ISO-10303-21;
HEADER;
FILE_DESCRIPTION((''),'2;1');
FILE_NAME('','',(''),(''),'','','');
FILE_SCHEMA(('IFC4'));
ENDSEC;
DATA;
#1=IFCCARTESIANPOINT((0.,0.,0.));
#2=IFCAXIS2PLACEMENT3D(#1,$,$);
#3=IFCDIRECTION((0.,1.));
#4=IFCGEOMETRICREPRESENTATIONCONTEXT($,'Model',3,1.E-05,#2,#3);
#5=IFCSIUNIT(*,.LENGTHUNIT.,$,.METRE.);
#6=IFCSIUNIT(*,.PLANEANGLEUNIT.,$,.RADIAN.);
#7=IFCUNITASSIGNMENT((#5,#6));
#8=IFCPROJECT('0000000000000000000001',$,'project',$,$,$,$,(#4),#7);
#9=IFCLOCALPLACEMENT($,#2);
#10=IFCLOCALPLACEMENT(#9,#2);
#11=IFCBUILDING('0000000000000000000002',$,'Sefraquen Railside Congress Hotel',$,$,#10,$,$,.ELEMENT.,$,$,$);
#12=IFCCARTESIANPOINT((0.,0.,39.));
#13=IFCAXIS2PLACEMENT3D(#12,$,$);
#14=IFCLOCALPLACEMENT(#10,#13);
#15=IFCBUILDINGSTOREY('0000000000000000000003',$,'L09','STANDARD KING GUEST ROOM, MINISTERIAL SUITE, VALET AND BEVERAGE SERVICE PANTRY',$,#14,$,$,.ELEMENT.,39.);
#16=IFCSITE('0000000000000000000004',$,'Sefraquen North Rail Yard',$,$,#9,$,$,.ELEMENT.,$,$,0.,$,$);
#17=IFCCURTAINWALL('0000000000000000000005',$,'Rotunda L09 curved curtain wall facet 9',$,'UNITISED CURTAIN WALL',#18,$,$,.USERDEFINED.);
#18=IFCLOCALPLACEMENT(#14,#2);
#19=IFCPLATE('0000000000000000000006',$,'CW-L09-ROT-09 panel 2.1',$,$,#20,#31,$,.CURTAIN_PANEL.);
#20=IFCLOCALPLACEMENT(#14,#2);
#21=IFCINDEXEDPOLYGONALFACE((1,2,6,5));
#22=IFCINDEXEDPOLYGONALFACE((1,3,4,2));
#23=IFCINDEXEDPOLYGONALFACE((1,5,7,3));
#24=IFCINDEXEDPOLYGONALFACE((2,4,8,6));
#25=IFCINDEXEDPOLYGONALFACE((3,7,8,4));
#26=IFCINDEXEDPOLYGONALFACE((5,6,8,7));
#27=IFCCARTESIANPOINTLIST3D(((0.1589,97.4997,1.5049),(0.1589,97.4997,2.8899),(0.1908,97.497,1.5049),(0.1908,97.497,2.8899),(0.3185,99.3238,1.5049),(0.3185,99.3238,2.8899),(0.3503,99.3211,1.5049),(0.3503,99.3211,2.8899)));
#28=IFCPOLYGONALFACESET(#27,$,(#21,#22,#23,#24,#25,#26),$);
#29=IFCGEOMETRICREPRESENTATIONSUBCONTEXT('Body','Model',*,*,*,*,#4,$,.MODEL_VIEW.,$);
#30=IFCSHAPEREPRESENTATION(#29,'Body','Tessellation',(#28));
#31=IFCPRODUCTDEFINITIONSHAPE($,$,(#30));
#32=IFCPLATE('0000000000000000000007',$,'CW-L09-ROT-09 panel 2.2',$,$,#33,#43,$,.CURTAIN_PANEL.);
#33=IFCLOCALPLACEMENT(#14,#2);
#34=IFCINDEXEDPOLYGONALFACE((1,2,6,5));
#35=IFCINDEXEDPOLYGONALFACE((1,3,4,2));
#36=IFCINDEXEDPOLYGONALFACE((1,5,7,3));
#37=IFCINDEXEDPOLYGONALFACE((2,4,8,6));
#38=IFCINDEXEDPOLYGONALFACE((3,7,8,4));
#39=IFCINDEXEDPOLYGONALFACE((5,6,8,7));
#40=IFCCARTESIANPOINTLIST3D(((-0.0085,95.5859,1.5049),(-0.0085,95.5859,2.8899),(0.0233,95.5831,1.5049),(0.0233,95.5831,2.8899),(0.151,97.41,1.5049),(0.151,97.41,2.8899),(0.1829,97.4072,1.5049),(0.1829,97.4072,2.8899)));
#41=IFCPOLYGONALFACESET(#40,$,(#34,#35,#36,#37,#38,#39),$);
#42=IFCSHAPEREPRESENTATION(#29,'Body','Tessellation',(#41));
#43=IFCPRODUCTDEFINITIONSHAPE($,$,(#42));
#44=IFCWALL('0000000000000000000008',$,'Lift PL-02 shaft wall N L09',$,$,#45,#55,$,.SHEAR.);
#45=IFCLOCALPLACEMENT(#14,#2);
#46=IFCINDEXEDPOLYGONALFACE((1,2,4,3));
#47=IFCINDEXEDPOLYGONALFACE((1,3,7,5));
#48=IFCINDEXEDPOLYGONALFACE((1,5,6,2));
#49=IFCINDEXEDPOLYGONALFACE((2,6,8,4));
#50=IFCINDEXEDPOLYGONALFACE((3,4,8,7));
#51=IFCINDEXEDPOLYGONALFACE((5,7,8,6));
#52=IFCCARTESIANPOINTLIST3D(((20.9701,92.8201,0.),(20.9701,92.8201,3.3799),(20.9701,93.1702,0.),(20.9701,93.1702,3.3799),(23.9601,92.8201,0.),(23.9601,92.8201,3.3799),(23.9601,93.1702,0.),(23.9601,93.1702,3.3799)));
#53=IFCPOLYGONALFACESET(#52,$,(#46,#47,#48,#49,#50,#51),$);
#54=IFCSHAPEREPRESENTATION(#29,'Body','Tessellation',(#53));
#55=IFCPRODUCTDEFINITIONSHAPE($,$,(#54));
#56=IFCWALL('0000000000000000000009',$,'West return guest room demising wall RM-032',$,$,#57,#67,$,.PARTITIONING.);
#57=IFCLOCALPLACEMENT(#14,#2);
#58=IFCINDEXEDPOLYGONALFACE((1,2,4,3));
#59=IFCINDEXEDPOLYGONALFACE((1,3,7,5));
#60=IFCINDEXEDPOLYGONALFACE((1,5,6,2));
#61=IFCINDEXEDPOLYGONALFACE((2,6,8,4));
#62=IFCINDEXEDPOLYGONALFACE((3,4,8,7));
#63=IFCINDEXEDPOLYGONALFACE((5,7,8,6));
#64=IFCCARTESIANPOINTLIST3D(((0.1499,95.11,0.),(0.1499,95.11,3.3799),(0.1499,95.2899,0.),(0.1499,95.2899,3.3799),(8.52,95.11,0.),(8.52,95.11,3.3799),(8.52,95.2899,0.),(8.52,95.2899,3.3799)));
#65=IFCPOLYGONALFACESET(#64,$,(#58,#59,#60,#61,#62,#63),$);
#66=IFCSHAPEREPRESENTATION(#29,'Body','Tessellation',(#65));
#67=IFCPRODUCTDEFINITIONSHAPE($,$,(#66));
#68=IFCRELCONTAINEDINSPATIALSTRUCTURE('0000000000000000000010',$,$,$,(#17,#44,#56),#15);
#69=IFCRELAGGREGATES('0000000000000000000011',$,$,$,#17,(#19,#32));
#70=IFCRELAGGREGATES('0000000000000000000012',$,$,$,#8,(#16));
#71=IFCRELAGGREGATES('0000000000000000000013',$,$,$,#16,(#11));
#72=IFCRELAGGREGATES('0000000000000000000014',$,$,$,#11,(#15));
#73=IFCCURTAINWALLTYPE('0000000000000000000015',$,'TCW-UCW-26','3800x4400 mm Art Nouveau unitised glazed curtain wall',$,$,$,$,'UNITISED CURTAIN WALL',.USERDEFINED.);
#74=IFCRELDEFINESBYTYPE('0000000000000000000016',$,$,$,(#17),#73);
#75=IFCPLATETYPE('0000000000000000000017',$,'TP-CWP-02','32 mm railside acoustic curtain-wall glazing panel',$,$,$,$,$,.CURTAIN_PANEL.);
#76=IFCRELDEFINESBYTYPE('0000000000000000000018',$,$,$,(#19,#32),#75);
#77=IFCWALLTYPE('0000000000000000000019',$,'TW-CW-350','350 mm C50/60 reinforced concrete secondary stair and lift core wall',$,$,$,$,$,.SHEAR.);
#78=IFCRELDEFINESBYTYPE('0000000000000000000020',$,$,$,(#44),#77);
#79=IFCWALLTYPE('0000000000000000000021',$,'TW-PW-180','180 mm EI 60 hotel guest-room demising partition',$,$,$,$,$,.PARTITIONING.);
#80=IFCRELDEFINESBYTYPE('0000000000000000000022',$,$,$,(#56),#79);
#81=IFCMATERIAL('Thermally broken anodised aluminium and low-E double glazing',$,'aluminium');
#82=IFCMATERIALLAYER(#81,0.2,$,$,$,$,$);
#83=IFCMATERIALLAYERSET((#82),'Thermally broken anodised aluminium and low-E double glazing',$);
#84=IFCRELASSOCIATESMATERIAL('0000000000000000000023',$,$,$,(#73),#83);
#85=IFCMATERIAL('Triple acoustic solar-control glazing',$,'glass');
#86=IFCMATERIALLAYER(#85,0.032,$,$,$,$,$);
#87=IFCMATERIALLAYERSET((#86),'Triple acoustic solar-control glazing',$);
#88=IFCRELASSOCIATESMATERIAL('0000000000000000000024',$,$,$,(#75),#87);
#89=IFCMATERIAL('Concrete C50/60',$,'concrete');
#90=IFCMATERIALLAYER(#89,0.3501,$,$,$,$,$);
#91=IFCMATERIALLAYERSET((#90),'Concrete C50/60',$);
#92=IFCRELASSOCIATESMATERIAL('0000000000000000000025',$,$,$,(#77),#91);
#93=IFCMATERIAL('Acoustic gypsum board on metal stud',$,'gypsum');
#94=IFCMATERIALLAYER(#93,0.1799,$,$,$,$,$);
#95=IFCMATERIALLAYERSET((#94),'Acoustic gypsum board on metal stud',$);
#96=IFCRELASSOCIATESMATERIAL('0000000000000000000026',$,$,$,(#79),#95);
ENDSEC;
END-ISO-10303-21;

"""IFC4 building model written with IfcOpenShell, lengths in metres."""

from ifc_helpers import new_model, si_unit, direction, frame, frame_2d, origin, origin_2d, place, context, subcontext, project, spatial, rectangle, extrude, material, layer, layer_set, type_object, element, aggregate, save


model = new_model("IFC4")

# Units and contexts
model_context = context("Model", 3, precision=1e-05, world=origin(), true_north=direction((0.0, 1.0)))
body_context = subcontext(model_context, "Body", "Model", "MODEL_VIEW")
ifc_project = project(units=[si_unit("LENGTHUNIT", "METRE"), si_unit("PLANEANGLEUNIT", "RADIAN")], contexts=[model_context])

# Site, building, storey
site_placement = place(None, origin())
site = spatial("IfcSite", under=ifc_project, at=site_placement, Name="Sefraquen North Rail Yard", CompositionType="ELEMENT", RefElevation=0.0)
building_placement = place(site_placement, origin())
building = spatial("IfcBuilding", under=site, at=building_placement, Name="Sefraquen Railside Congress Hotel", CompositionType="ELEMENT")
storey_placement = place(building_placement, frame((0.0, 0.0, 39.0)))
storey = spatial("IfcBuildingStorey", under=building, at=storey_placement, Name="L09", Description="STANDARD KING GUEST ROOM, MINISTERIAL SUITE, VALET AND BEVERAGE SERVICE PANTRY", CompositionType="ELEMENT", Elevation=39.0)

# Curtain wall
ifc_material_1 = material(Name="Thermally broken anodised aluminium and low-E double glazing", Category="aluminium")
ifc_layer_1 = layer(ifc_material_1, 0.2)
ifc_layer_set_1 = layer_set([ifc_layer_1], Name="Thermally broken anodised aluminium and low-E double glazing")
curtain_wall_type_1 = type_object("IfcCurtainWallType", Name="TCW-UCW-26", Description="3800x4400 mm Art Nouveau unitised glazed curtain wall", ElementType="UNITISED CURTAIN WALL", PredefinedType="USERDEFINED", material=ifc_layer_set_1)
curtain_wall_1_placement = place(storey_placement, origin())
curtain_wall_1 = element("IfcCurtainWall", 1, at=curtain_wall_1_placement, inside=storey, type_object=curtain_wall_type_1, Name="Rotunda L09 curved curtain wall facet 9", ObjectType="UNITISED CURTAIN WALL", PredefinedType="USERDEFINED")

# Plates
ifc_material_2 = material(Name="Triple acoustic solar-control glazing", Category="glass")
ifc_layer_2 = layer(ifc_material_2, 0.032)
ifc_layer_set_2 = layer_set([ifc_layer_2], Name="Triple acoustic solar-control glazing")
plate_type_1 = type_object("IfcPlateType", Name="TP-CWP-02", Description="32 mm railside acoustic curtain-wall glazing panel", PredefinedType="CURTAIN_PANEL", material=ifc_layer_set_2)
plate_1_placement = place(storey_placement, frame((0.2546, 98.4104, 1.5049), z_axis=(0.0, 0.0, 1.0), x_axis=(-0.087138, -0.996196, 0.0)))
plate_1 = element("IfcPlate", 2, at=plate_1_placement, type_object=plate_type_1, Name="CW-L09-ROT-09 panel 2.1", PredefinedType="CURTAIN_PANEL", context=body_context, shape_type="SweptSolid", body=[
    extrude(rectangle(XDim=1.8311, YDim=0.032, at=origin_2d()), origin(), (0.0, 0.0, 1.0), 1.385),
])
plate_2_placement = place(storey_placement, frame((0.0872, 96.4966, 1.5049), z_axis=(0.0, 0.0, 1.0), x_axis=(-0.087138, -0.996196, 0.0)))
plate_2 = element("IfcPlate", 3, at=plate_2_placement, type_object=plate_type_1, Name="CW-L09-ROT-09 panel 2.2", PredefinedType="CURTAIN_PANEL", context=body_context, shape_type="SweptSolid", body=[
    extrude(rectangle(XDim=1.8311, YDim=0.032, at=origin_2d()), origin(), (0.0, 0.0, 1.0), 1.385),
])
aggregate(curtain_wall_1, [plate_1, plate_2])

# Walls
ifc_material_3 = material(Name="Concrete C50/60", Category="concrete")
ifc_layer_3 = layer(ifc_material_3, 0.3501)
ifc_layer_set_3 = layer_set([ifc_layer_3], Name="Concrete C50/60")
wall_type_1 = type_object("IfcWallType", Name="TW-CW-350", Description="350 mm C50/60 reinforced concrete secondary stair and lift core wall", PredefinedType="SHEAR", material=ifc_layer_set_3)
wall_1_placement = place(storey_placement, frame((20.97, 92.9951, 0.0), z_axis=(0.0, 0.0, 1.0), x_axis=(1.0, 0.0, 0.0)))
element("IfcWall", 4, at=wall_1_placement, inside=storey, type_object=wall_type_1, Name="Lift PL-02 shaft wall N L09", PredefinedType="SHEAR", context=body_context, shape_type="SweptSolid", body=[
    extrude(rectangle(XDim=2.99, YDim=0.3501, at=frame_2d((1.4951, 0.0))), origin(), (0.0, 0.0, 1.0), 3.3799),
])
ifc_material_4 = material(Name="Acoustic gypsum board on metal stud", Category="gypsum")
ifc_layer_4 = layer(ifc_material_4, 0.1799)
ifc_layer_set_4 = layer_set([ifc_layer_4], Name="Acoustic gypsum board on metal stud")
wall_type_2 = type_object("IfcWallType", Name="TW-PW-180", Description="180 mm EI 60 hotel guest-room demising partition", PredefinedType="PARTITIONING", material=ifc_layer_set_4)
wall_2_placement = place(storey_placement, frame((0.1499, 95.2, 0.0), z_axis=(0.0, 0.0, 1.0), x_axis=(1.0, 0.0, 0.0)))
element("IfcWall", 5, at=wall_2_placement, inside=storey, type_object=wall_type_2, Name="West return guest room demising wall RM-032", PredefinedType="PARTITIONING", context=body_context, shape_type="SweptSolid", body=[
    extrude(rectangle(XDim=8.3701, YDim=0.1799, at=frame_2d((4.1851, 0.0))), origin(), (0.0, 0.0, 1.0), 3.3799),
])

save(model, "model.ifc")
